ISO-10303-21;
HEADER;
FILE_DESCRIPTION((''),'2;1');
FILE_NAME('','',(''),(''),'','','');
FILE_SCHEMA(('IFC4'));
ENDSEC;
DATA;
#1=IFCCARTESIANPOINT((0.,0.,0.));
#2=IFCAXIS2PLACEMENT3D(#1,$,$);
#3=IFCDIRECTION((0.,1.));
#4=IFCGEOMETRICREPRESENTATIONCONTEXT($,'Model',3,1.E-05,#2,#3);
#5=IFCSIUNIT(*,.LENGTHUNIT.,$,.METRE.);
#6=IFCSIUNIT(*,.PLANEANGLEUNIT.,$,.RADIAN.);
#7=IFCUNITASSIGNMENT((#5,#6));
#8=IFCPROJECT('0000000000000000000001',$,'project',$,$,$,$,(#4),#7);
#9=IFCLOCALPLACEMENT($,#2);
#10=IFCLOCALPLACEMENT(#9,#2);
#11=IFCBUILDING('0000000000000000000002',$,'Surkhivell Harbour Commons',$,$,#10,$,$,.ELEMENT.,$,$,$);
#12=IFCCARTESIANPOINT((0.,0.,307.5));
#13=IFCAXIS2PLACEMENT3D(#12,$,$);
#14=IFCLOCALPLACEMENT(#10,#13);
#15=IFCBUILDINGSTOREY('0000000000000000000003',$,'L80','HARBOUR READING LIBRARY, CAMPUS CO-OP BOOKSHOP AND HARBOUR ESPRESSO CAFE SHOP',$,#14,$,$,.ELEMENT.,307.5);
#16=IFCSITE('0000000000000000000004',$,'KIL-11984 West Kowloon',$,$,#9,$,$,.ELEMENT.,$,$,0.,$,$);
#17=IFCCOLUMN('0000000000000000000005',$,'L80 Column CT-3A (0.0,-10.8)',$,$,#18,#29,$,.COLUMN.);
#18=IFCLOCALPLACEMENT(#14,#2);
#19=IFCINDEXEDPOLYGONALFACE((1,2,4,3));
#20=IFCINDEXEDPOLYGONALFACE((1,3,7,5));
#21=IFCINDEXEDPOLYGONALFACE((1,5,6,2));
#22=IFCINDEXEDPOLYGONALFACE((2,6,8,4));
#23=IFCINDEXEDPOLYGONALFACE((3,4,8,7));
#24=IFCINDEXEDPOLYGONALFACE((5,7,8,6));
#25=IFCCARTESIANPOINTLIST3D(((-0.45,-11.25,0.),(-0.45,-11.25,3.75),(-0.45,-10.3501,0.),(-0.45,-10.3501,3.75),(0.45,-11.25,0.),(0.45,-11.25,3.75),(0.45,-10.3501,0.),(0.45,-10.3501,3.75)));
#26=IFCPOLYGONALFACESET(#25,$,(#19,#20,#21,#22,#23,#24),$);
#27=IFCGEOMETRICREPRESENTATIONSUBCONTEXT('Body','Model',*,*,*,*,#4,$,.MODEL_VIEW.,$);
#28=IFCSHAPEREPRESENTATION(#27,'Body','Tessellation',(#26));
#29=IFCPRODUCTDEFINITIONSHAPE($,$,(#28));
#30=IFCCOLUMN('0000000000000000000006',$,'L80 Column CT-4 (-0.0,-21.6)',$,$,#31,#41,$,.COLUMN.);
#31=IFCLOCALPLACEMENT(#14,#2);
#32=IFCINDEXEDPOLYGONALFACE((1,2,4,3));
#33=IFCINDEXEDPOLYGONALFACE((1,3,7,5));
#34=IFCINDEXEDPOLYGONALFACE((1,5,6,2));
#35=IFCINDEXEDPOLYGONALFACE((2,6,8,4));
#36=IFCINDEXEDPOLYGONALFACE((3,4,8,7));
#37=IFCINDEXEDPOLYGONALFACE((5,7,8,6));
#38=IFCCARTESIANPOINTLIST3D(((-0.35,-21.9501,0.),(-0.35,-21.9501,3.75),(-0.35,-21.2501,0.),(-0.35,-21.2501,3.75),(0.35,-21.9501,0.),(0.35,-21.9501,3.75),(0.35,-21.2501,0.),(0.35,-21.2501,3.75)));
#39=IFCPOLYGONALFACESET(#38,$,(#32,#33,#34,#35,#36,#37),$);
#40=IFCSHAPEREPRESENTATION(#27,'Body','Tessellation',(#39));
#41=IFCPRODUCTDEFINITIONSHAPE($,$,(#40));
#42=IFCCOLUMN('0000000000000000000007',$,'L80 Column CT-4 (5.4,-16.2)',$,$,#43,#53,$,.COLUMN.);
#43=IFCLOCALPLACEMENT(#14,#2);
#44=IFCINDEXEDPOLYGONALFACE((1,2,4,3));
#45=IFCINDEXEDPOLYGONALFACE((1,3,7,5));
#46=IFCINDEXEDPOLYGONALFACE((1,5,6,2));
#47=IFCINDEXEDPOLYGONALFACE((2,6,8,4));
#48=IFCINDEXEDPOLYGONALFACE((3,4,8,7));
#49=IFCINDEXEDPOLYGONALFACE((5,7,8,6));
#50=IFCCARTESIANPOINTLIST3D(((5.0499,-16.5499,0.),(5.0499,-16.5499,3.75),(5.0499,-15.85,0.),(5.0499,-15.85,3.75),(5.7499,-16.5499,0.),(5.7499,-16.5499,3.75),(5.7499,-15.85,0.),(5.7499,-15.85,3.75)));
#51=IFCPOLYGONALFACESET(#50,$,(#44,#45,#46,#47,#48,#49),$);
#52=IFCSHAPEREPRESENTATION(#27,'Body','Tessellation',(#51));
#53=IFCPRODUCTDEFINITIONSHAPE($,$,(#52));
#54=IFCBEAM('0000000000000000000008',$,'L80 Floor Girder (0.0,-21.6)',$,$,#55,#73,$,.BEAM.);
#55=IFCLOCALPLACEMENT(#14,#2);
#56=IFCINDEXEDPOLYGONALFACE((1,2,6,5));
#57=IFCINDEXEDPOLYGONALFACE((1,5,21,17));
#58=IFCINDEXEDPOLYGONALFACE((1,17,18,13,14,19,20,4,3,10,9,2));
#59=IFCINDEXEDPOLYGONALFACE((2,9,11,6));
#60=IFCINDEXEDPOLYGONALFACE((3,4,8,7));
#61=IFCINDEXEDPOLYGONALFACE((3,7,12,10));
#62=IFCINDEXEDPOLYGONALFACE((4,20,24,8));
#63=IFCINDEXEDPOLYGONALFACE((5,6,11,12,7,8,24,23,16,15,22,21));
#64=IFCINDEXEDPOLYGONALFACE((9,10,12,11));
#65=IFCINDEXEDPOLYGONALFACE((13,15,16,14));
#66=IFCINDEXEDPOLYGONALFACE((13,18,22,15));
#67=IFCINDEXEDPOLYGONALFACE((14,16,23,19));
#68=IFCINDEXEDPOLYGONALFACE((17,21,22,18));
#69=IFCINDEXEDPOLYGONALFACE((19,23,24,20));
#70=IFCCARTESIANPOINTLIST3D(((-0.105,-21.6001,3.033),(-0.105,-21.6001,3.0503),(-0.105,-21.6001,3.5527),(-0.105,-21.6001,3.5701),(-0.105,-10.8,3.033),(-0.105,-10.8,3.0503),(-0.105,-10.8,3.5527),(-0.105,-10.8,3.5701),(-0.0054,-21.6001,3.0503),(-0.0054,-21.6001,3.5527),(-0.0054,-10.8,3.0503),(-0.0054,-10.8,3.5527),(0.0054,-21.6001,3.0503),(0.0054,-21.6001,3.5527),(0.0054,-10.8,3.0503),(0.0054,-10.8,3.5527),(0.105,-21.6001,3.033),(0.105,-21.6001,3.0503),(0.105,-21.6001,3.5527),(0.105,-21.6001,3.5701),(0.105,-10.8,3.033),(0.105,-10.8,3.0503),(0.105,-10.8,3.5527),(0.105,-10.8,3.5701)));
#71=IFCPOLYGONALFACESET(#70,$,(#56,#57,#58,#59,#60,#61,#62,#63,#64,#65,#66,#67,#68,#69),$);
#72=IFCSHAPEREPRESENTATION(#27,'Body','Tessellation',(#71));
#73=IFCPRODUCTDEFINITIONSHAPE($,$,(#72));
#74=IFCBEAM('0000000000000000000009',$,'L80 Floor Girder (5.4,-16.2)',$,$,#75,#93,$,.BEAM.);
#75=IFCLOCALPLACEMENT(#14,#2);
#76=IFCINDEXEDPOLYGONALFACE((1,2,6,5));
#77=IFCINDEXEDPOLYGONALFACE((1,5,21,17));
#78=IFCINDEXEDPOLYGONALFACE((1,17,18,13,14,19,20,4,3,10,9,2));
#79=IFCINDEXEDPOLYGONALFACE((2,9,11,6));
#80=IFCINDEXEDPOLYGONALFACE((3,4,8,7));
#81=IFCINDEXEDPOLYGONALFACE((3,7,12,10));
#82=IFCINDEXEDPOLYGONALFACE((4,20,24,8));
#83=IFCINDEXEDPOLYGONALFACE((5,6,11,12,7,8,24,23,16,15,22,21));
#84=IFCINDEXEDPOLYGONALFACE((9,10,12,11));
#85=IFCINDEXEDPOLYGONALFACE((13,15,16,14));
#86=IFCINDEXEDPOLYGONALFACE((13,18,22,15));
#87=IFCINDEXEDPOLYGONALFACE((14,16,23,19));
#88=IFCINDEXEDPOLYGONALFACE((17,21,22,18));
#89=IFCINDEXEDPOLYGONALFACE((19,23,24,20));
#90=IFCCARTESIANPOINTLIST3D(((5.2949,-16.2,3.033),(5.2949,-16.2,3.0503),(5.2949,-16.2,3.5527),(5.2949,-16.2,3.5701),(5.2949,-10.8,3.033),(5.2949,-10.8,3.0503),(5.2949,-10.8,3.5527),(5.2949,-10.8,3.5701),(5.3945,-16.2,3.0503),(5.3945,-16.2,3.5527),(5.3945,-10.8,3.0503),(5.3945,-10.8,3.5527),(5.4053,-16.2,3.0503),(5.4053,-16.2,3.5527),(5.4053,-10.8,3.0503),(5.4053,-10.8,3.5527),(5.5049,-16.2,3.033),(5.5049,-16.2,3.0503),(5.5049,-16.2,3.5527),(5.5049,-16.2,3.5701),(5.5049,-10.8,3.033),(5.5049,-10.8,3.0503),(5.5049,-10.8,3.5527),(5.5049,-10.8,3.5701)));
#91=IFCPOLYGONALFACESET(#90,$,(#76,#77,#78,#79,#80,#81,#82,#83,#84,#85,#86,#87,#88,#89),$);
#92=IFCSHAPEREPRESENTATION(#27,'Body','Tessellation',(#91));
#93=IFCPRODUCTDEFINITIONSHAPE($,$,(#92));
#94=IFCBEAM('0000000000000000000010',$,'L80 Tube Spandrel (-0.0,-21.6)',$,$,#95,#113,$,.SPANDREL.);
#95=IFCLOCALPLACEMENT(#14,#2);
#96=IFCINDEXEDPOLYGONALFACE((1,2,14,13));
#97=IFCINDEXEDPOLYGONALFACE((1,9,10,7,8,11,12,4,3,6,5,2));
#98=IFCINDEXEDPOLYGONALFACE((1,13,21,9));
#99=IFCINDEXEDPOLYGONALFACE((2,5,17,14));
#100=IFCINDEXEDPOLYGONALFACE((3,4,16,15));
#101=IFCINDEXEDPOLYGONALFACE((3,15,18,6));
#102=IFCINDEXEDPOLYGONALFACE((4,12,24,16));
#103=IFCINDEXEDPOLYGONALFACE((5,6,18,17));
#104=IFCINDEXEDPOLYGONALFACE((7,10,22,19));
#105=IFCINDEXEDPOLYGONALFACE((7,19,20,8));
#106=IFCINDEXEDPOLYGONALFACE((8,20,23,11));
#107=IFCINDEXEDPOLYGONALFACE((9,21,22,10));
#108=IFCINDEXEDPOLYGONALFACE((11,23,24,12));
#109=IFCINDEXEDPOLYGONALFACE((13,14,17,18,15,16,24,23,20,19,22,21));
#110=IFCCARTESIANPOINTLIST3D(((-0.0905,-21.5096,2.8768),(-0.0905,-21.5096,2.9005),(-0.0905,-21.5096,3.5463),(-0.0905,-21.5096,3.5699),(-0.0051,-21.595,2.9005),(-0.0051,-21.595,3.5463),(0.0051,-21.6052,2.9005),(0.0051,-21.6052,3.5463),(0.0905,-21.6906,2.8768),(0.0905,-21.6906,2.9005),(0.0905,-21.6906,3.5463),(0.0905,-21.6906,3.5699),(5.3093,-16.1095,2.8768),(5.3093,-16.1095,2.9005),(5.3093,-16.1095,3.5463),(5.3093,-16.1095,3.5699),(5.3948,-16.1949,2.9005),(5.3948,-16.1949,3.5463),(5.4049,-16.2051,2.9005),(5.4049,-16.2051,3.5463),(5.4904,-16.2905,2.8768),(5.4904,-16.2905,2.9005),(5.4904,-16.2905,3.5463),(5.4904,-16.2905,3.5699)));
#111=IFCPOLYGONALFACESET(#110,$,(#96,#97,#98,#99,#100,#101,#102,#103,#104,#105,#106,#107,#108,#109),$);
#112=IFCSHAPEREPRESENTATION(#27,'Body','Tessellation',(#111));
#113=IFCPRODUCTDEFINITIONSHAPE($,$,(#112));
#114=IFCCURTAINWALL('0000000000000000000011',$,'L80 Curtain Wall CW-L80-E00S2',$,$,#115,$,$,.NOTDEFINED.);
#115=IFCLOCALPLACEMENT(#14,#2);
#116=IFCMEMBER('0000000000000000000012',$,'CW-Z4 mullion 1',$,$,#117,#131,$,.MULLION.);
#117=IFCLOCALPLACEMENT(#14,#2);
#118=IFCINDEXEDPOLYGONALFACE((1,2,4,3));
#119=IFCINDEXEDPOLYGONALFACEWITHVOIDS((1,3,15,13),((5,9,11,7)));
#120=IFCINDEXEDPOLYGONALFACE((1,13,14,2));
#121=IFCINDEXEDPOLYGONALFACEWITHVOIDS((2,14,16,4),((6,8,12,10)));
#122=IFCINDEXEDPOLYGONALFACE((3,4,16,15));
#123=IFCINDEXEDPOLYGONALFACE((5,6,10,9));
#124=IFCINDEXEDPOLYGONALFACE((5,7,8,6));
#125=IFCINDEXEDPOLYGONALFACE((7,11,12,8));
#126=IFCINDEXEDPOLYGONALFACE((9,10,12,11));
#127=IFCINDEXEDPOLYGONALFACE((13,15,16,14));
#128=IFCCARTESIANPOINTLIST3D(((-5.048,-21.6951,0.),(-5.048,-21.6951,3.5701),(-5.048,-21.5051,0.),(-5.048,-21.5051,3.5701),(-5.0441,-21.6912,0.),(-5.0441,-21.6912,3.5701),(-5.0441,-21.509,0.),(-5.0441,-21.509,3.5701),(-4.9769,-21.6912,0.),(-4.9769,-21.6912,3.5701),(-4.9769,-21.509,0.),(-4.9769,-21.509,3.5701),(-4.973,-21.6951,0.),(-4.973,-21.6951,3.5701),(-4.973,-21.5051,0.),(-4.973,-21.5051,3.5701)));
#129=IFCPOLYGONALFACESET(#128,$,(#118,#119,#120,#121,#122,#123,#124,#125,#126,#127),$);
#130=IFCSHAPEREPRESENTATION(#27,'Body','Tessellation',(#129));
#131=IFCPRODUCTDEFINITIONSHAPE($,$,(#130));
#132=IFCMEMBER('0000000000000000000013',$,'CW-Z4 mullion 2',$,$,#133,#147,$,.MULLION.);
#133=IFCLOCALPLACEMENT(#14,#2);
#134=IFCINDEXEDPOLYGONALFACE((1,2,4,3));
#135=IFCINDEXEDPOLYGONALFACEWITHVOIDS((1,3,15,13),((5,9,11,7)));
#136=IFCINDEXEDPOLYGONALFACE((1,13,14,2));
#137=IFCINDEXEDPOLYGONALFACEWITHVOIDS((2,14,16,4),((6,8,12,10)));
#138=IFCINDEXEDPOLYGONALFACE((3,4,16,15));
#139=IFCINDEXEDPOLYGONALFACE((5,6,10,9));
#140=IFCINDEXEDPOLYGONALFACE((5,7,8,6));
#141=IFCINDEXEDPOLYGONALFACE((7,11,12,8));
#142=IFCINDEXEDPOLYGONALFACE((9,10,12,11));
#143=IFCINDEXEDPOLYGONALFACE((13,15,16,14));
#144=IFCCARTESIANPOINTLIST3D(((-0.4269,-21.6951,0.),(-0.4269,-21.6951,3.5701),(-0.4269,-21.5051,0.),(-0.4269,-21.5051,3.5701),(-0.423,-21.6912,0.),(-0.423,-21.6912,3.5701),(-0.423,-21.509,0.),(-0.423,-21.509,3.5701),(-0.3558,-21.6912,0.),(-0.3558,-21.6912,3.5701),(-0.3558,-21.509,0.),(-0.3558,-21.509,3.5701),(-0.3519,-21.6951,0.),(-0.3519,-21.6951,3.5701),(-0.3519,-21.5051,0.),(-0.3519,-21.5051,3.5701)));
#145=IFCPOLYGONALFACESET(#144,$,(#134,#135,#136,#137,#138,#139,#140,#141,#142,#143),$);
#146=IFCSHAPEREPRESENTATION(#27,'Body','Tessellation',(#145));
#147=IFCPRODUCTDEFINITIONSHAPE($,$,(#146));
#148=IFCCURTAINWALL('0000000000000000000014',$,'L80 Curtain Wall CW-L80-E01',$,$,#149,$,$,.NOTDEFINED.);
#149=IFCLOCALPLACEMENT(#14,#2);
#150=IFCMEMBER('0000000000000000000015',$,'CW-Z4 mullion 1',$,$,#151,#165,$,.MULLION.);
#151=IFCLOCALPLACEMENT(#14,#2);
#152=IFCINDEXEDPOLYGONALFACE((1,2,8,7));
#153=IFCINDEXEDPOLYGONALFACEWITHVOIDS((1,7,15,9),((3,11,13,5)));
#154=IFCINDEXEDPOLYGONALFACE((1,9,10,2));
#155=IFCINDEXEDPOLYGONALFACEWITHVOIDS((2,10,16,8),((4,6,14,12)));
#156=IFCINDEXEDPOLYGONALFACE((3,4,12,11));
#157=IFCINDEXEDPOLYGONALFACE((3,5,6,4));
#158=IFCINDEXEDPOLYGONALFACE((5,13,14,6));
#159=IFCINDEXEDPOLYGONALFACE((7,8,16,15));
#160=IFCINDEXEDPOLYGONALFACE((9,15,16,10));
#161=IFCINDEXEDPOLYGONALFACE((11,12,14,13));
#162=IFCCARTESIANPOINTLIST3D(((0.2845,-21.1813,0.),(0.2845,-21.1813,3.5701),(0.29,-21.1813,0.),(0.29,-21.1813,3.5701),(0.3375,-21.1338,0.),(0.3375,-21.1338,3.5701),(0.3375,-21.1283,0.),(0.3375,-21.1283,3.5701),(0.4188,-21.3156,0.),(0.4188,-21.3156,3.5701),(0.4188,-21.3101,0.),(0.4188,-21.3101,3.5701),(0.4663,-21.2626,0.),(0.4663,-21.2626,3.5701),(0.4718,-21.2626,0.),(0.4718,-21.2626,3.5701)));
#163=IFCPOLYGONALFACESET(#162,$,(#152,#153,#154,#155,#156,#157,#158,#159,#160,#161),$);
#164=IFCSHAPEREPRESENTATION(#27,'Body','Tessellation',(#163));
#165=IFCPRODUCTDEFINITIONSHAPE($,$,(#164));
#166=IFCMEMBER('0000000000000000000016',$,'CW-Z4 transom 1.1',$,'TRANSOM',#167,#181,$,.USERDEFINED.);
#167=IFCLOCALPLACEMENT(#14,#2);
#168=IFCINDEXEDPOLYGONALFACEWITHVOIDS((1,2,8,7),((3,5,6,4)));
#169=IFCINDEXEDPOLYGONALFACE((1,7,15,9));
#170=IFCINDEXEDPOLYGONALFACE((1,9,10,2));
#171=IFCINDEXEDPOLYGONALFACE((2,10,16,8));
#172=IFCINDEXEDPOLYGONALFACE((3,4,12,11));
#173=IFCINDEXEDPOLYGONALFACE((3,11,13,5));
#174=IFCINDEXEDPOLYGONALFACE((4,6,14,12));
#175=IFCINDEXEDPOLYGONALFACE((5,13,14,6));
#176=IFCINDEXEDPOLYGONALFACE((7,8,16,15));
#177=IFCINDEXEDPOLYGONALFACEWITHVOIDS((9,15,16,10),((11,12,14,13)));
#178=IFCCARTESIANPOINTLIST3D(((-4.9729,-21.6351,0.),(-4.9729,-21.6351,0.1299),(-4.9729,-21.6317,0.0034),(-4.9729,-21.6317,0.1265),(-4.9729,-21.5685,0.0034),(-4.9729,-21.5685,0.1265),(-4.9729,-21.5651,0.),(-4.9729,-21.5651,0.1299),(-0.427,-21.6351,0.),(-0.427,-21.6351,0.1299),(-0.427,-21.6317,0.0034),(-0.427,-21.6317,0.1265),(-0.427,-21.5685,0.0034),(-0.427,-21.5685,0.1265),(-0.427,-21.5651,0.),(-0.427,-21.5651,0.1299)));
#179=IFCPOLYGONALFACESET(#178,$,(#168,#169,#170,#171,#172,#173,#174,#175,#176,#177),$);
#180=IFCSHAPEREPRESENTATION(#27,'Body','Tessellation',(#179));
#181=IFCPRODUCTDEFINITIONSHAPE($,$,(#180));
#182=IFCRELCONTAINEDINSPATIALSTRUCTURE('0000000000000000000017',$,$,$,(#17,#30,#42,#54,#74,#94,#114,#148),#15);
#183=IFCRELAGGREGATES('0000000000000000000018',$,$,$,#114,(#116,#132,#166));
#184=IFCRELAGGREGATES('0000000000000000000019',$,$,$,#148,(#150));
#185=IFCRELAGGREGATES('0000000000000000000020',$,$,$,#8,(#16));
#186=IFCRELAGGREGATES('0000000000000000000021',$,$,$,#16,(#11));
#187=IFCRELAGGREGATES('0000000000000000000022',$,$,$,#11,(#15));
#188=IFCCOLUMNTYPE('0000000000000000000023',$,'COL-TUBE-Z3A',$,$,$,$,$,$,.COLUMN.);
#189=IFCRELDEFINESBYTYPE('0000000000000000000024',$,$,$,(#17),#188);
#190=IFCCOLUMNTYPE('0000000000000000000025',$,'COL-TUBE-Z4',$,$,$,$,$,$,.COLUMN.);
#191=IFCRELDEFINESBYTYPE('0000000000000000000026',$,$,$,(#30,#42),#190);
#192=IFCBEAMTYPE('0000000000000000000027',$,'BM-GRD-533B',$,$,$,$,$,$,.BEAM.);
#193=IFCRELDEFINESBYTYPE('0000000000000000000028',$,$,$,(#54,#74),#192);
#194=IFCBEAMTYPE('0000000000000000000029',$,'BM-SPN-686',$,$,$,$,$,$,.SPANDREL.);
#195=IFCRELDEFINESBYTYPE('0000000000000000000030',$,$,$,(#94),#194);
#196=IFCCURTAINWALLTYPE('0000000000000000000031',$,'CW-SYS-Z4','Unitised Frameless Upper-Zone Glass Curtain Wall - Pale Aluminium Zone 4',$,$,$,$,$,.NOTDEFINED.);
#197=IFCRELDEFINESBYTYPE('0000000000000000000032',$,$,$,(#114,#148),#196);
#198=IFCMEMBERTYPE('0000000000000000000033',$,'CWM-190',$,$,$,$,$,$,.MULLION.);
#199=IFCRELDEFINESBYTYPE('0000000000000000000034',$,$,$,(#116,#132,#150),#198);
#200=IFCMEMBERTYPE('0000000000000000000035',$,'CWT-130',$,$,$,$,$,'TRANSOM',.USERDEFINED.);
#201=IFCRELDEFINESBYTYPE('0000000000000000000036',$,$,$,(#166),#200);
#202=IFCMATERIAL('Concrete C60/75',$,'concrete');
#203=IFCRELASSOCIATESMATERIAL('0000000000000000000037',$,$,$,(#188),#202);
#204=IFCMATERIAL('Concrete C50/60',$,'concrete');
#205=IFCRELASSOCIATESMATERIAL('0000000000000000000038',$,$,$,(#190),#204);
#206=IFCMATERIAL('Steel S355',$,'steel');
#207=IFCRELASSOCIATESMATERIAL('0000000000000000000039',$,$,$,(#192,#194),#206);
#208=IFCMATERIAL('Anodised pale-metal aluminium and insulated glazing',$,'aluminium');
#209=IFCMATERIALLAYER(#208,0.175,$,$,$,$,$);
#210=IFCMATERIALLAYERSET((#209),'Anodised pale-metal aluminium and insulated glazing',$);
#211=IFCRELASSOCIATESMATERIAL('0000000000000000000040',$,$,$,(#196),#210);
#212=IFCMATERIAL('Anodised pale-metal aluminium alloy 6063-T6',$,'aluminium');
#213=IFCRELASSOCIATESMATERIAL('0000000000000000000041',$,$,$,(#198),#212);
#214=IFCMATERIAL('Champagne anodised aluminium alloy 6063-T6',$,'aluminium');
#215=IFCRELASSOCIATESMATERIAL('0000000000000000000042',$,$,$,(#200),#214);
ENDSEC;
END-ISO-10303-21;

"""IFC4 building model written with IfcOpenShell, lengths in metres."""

from ifc_helpers import new_model, si_unit, direction, frame, origin, origin_2d, place, context, subcontext, project, spatial, rectangle, hollow_rectangle, i_section, extrude, material, layer, layer_set, material_profile, profile_set, type_object, element, aggregate, save


model = new_model("IFC4")

# Units and contexts
model_context = context("Model", 3, precision=1e-05, world=origin(), true_north=direction((0.0, 1.0)))
body_context = subcontext(model_context, "Body", "Model", "MODEL_VIEW")
ifc_project = project(units=[si_unit("LENGTHUNIT", "METRE"), si_unit("PLANEANGLEUNIT", "RADIAN")], contexts=[model_context])

# Site, building, storey
site_placement = place(None, origin())
site = spatial("IfcSite", under=ifc_project, at=site_placement, Name="KIL-11984 West Kowloon", CompositionType="ELEMENT", RefElevation=0.0)
building_placement = place(site_placement, origin())
building = spatial("IfcBuilding", under=site, at=building_placement, Name="Surkhivell Harbour Commons", CompositionType="ELEMENT")
storey_placement = place(building_placement, frame((0.0, 0.0, 307.5)))
storey = spatial("IfcBuildingStorey", under=building, at=storey_placement, Name="L80", Description="HARBOUR READING LIBRARY, CAMPUS CO-OP BOOKSHOP AND HARBOUR ESPRESSO CAFE SHOP", CompositionType="ELEMENT", Elevation=307.5)

# Columns
ifc_material_1 = material(Name="Concrete C60/75", Category="concrete")
ifc_material_profile_1 = material_profile(ifc_material_1, rectangle(XDim=0.8999, YDim=0.8999, at=origin_2d()), Name="RC-COL-900x900")
ifc_profile_set_1 = profile_set([ifc_material_profile_1], Name="Concrete C60/75")
column_type_1 = type_object("IfcColumnType", Name="COL-TUBE-Z3A", PredefinedType="COLUMN", material=ifc_profile_set_1)
column_placement = place(storey_placement, frame((0.0, -10.8, 0.0), z_axis=(0.0, 0.0, 1.0), x_axis=(1.0, 0.0, 0.0)))
element("IfcColumn", 1, at=column_placement, inside=storey, type_object=column_type_1, Name="L80 Column CT-3A (0.0,-10.8)", PredefinedType="COLUMN", context=body_context, shape_type="SweptSolid", body=[
    extrude(rectangle(XDim=0.8999, YDim=0.8999, at=origin_2d()), origin(), (0.0, 0.0, 1.0), 3.75),
])
ifc_material_2 = material(Name="Concrete C50/60", Category="concrete")
ifc_material_profile_2 = material_profile(ifc_material_2, rectangle(XDim=0.7, YDim=0.7, at=origin_2d()), Name="RC-COL-700x700")
ifc_profile_set_2 = profile_set([ifc_material_profile_2], Name="Concrete C50/60")
column_type_2 = type_object("IfcColumnType", Name="COL-TUBE-Z4", PredefinedType="COLUMN", material=ifc_profile_set_2)
for number, where, z_axis, x_axis, name in (
    (2, (0.0, -21.6001, 0.0), (0.0, 0.0, 1.0), (1.0, 0.0, 0.0), "L80 Column CT-4 (-0.0,-21.6)"),
    (3, (5.3999, -16.2, 0.0), (0.0, 0.0, 1.0), (1.0, 0.0, 0.0), "L80 Column CT-4 (5.4,-16.2)"),
):
    element("IfcColumn", number, at=place(storey_placement, frame(where, z_axis=z_axis, x_axis=x_axis)), inside=storey, type_object=column_type_2, Name=name, PredefinedType="COLUMN", context=body_context, shape_type="SweptSolid", body=[
        extrude(rectangle(XDim=0.7, YDim=0.7, at=origin_2d()), origin(), (0.0, 0.0, 1.0), 3.75),
    ])

# Beams
ifc_material_3 = material(Name="Steel S355", Category="steel")
ifc_material_profile_3 = material_profile(ifc_material_3, i_section(OverallWidth=0.21, OverallDepth=0.5371, WebThickness=0.0107, FlangeThickness=0.0173, at=origin_2d()), Name="UB533x210x101")
ifc_profile_set_3 = profile_set([ifc_material_profile_3], Name="Steel S355")
beam_type_1 = type_object("IfcBeamType", Name="BM-GRD-533B", PredefinedType="BEAM", material=ifc_profile_set_3)
beam_1_placement = place(storey_placement, frame((0.0, -21.6001, 3.3015), z_axis=(0.0, 1.0, 0.0), x_axis=(-1.0, 0.0, 0.0)))
element("IfcBeam", 4, at=beam_1_placement, inside=storey, type_object=beam_type_1, Name="L80 Floor Girder (0.0,-21.6)", PredefinedType="BEAM", context=body_context, shape_type="SweptSolid", body=[
    extrude(i_section(OverallWidth=0.21, OverallDepth=0.5371, WebThickness=0.0107, FlangeThickness=0.0173, at=origin_2d()), origin(), (0.0, 0.0, 1.0), 10.8),
])
beam_2_placement = place(storey_placement, frame((5.3999, -16.2, 3.3015), z_axis=(0.0, 1.0, 0.0), x_axis=(-1.0, 0.0, 0.0)))
element("IfcBeam", 5, at=beam_2_placement, inside=storey, type_object=beam_type_1, Name="L80 Floor Girder (5.4,-16.2)", PredefinedType="BEAM", context=body_context, shape_type="SweptSolid", body=[
    extrude(i_section(OverallWidth=0.21, OverallDepth=0.5371, WebThickness=0.0107, FlangeThickness=0.0173, at=origin_2d()), origin(), (0.0, 0.0, 1.0), 5.3999),
])
ifc_material_profile_4 = material_profile(ifc_material_3, i_section(OverallWidth=0.2561, OverallDepth=0.6931, WebThickness=0.0144, FlangeThickness=0.0237, at=origin_2d()), Name="UB686x254x170")
ifc_profile_set_4 = profile_set([ifc_material_profile_4], Name="Steel S355")
beam_type_2 = type_object("IfcBeamType", Name="BM-SPN-686", PredefinedType="SPANDREL", material=ifc_profile_set_4)
beam_3_placement = place(storey_placement, frame((0.0, -21.6001, 3.2234), z_axis=(0.707091, 0.707123, 0.0), x_axis=(-0.707123, 0.707091, 0.0)))
element("IfcBeam", 6, at=beam_3_placement, inside=storey, type_object=beam_type_2, Name="L80 Tube Spandrel (-0.0,-21.6)", PredefinedType="SPANDREL", context=body_context, shape_type="SweptSolid", body=[
    extrude(i_section(OverallWidth=0.2561, OverallDepth=0.6931, WebThickness=0.0144, FlangeThickness=0.0237, at=origin_2d()), origin(), (0.0, 0.0, 1.0), 7.6367),
])

# Curtain wall, members
ifc_material_4 = material(Name="Anodised pale-metal aluminium and insulated glazing", Category="aluminium")
ifc_layer_1 = layer(ifc_material_4, 0.175)
ifc_layer_set_1 = layer_set([ifc_layer_1], Name="Anodised pale-metal aluminium and insulated glazing")
curtain_wall_type = type_object("IfcCurtainWallType", Name="CW-SYS-Z4", Description="Unitised Frameless Upper-Zone Glass Curtain Wall - Pale Aluminium Zone 4", PredefinedType="NOTDEFINED", material=ifc_layer_set_1)
curtain_wall_1_placement = place(storey_placement, origin())
curtain_wall_1 = element("IfcCurtainWall", 7, at=curtain_wall_1_placement, inside=storey, type_object=curtain_wall_type, Name="L80 Curtain Wall CW-L80-E00S2", PredefinedType="NOTDEFINED")
ifc_material_5 = material(Name="Anodised pale-metal aluminium alloy 6063-T6", Category="aluminium")
ifc_material_profile_5 = material_profile(ifc_material_5, hollow_rectangle(XDim=0.075, YDim=0.1899, WallThickness=0.0039, at=origin_2d()), Name="ALU-MULL-75x190")
ifc_profile_set_5 = profile_set([ifc_material_profile_5], Name="Anodised pale-metal aluminium alloy 6063-T6")
member_type_1 = type_object("IfcMemberType", Name="CWM-190", PredefinedType="MULLION", material=ifc_profile_set_5)
member_1_placement = place(storey_placement, frame((-5.0105, -21.6001, 0.0), z_axis=(0.0, 0.0, 1.0), x_axis=(1.0, 0.0, 0.0)))
member_1 = element("IfcMember", 8, at=member_1_placement, type_object=member_type_1, Name="CW-Z4 mullion 1", PredefinedType="MULLION", context=body_context, shape_type="SweptSolid", body=[
    extrude(hollow_rectangle(XDim=0.075, YDim=0.1899, WallThickness=0.0039, at=origin_2d()), origin(), (0.0, 0.0, 1.0), 3.5701),
])
member_2_placement = place(storey_placement, frame((-0.3894, -21.6001, 0.0), z_axis=(0.0, 0.0, 1.0), x_axis=(1.0, 0.0, 0.0)))
member_2 = element("IfcMember", 9, at=member_2_placement, type_object=member_type_1, Name="CW-Z4 mullion 2", PredefinedType="MULLION", context=body_context, shape_type="SweptSolid", body=[
    extrude(hollow_rectangle(XDim=0.075, YDim=0.1899, WallThickness=0.0039, at=origin_2d()), origin(), (0.0, 0.0, 1.0), 3.5701),
])

# Curtain wall, member
curtain_wall_2_placement = place(storey_placement, origin())
curtain_wall_2 = element("IfcCurtainWall", 10, at=curtain_wall_2_placement, inside=storey, type_object=curtain_wall_type, Name="L80 Curtain Wall CW-L80-E01", PredefinedType="NOTDEFINED")
member_3_placement = place(storey_placement, frame((0.3782, -21.2219, 0.0), z_axis=(0.0, 0.0, 1.0), x_axis=(0.707107, 0.707107, 0.0)))
member_3 = element("IfcMember", 11, at=member_3_placement, type_object=member_type_1, Name="CW-Z4 mullion 1", PredefinedType="MULLION", context=body_context, shape_type="SweptSolid", body=[
    extrude(hollow_rectangle(XDim=0.075, YDim=0.1899, WallThickness=0.0039, at=origin_2d()), origin(), (0.0, 0.0, 1.0), 3.5701),
])

# Member
ifc_material_6 = material(Name="Champagne anodised aluminium alloy 6063-T6", Category="aluminium")
ifc_material_profile_6 = material_profile(ifc_material_6, hollow_rectangle(XDim=0.0701, YDim=0.1299, WallThickness=0.0034, at=origin_2d()), Name="ALU-TRAN-70x130")
ifc_profile_set_6 = profile_set([ifc_material_profile_6], Name="Champagne anodised aluminium alloy 6063-T6")
member_type_2 = type_object("IfcMemberType", Name="CWT-130", ElementType="TRANSOM", PredefinedType="USERDEFINED", material=ifc_profile_set_6)
member_4_placement = place(storey_placement, frame((-4.9729, -21.6001, 0.0649), z_axis=(1.0, 0.0, 0.0), x_axis=(0.0, 1.0, 0.0)))
member_4 = element("IfcMember", 12, at=member_4_placement, type_object=member_type_2, Name="CW-Z4 transom 1.1", ObjectType="TRANSOM", PredefinedType="USERDEFINED", context=body_context, shape_type="SweptSolid", body=[
    extrude(hollow_rectangle(XDim=0.0701, YDim=0.1299, WallThickness=0.0034, at=origin_2d()), origin(), (0.0, 0.0, 1.0), 4.5459),
])

aggregate(curtain_wall_1, [member_1, member_2, member_4])
aggregate(curtain_wall_2, [member_3])

save(model, "model.ifc")
